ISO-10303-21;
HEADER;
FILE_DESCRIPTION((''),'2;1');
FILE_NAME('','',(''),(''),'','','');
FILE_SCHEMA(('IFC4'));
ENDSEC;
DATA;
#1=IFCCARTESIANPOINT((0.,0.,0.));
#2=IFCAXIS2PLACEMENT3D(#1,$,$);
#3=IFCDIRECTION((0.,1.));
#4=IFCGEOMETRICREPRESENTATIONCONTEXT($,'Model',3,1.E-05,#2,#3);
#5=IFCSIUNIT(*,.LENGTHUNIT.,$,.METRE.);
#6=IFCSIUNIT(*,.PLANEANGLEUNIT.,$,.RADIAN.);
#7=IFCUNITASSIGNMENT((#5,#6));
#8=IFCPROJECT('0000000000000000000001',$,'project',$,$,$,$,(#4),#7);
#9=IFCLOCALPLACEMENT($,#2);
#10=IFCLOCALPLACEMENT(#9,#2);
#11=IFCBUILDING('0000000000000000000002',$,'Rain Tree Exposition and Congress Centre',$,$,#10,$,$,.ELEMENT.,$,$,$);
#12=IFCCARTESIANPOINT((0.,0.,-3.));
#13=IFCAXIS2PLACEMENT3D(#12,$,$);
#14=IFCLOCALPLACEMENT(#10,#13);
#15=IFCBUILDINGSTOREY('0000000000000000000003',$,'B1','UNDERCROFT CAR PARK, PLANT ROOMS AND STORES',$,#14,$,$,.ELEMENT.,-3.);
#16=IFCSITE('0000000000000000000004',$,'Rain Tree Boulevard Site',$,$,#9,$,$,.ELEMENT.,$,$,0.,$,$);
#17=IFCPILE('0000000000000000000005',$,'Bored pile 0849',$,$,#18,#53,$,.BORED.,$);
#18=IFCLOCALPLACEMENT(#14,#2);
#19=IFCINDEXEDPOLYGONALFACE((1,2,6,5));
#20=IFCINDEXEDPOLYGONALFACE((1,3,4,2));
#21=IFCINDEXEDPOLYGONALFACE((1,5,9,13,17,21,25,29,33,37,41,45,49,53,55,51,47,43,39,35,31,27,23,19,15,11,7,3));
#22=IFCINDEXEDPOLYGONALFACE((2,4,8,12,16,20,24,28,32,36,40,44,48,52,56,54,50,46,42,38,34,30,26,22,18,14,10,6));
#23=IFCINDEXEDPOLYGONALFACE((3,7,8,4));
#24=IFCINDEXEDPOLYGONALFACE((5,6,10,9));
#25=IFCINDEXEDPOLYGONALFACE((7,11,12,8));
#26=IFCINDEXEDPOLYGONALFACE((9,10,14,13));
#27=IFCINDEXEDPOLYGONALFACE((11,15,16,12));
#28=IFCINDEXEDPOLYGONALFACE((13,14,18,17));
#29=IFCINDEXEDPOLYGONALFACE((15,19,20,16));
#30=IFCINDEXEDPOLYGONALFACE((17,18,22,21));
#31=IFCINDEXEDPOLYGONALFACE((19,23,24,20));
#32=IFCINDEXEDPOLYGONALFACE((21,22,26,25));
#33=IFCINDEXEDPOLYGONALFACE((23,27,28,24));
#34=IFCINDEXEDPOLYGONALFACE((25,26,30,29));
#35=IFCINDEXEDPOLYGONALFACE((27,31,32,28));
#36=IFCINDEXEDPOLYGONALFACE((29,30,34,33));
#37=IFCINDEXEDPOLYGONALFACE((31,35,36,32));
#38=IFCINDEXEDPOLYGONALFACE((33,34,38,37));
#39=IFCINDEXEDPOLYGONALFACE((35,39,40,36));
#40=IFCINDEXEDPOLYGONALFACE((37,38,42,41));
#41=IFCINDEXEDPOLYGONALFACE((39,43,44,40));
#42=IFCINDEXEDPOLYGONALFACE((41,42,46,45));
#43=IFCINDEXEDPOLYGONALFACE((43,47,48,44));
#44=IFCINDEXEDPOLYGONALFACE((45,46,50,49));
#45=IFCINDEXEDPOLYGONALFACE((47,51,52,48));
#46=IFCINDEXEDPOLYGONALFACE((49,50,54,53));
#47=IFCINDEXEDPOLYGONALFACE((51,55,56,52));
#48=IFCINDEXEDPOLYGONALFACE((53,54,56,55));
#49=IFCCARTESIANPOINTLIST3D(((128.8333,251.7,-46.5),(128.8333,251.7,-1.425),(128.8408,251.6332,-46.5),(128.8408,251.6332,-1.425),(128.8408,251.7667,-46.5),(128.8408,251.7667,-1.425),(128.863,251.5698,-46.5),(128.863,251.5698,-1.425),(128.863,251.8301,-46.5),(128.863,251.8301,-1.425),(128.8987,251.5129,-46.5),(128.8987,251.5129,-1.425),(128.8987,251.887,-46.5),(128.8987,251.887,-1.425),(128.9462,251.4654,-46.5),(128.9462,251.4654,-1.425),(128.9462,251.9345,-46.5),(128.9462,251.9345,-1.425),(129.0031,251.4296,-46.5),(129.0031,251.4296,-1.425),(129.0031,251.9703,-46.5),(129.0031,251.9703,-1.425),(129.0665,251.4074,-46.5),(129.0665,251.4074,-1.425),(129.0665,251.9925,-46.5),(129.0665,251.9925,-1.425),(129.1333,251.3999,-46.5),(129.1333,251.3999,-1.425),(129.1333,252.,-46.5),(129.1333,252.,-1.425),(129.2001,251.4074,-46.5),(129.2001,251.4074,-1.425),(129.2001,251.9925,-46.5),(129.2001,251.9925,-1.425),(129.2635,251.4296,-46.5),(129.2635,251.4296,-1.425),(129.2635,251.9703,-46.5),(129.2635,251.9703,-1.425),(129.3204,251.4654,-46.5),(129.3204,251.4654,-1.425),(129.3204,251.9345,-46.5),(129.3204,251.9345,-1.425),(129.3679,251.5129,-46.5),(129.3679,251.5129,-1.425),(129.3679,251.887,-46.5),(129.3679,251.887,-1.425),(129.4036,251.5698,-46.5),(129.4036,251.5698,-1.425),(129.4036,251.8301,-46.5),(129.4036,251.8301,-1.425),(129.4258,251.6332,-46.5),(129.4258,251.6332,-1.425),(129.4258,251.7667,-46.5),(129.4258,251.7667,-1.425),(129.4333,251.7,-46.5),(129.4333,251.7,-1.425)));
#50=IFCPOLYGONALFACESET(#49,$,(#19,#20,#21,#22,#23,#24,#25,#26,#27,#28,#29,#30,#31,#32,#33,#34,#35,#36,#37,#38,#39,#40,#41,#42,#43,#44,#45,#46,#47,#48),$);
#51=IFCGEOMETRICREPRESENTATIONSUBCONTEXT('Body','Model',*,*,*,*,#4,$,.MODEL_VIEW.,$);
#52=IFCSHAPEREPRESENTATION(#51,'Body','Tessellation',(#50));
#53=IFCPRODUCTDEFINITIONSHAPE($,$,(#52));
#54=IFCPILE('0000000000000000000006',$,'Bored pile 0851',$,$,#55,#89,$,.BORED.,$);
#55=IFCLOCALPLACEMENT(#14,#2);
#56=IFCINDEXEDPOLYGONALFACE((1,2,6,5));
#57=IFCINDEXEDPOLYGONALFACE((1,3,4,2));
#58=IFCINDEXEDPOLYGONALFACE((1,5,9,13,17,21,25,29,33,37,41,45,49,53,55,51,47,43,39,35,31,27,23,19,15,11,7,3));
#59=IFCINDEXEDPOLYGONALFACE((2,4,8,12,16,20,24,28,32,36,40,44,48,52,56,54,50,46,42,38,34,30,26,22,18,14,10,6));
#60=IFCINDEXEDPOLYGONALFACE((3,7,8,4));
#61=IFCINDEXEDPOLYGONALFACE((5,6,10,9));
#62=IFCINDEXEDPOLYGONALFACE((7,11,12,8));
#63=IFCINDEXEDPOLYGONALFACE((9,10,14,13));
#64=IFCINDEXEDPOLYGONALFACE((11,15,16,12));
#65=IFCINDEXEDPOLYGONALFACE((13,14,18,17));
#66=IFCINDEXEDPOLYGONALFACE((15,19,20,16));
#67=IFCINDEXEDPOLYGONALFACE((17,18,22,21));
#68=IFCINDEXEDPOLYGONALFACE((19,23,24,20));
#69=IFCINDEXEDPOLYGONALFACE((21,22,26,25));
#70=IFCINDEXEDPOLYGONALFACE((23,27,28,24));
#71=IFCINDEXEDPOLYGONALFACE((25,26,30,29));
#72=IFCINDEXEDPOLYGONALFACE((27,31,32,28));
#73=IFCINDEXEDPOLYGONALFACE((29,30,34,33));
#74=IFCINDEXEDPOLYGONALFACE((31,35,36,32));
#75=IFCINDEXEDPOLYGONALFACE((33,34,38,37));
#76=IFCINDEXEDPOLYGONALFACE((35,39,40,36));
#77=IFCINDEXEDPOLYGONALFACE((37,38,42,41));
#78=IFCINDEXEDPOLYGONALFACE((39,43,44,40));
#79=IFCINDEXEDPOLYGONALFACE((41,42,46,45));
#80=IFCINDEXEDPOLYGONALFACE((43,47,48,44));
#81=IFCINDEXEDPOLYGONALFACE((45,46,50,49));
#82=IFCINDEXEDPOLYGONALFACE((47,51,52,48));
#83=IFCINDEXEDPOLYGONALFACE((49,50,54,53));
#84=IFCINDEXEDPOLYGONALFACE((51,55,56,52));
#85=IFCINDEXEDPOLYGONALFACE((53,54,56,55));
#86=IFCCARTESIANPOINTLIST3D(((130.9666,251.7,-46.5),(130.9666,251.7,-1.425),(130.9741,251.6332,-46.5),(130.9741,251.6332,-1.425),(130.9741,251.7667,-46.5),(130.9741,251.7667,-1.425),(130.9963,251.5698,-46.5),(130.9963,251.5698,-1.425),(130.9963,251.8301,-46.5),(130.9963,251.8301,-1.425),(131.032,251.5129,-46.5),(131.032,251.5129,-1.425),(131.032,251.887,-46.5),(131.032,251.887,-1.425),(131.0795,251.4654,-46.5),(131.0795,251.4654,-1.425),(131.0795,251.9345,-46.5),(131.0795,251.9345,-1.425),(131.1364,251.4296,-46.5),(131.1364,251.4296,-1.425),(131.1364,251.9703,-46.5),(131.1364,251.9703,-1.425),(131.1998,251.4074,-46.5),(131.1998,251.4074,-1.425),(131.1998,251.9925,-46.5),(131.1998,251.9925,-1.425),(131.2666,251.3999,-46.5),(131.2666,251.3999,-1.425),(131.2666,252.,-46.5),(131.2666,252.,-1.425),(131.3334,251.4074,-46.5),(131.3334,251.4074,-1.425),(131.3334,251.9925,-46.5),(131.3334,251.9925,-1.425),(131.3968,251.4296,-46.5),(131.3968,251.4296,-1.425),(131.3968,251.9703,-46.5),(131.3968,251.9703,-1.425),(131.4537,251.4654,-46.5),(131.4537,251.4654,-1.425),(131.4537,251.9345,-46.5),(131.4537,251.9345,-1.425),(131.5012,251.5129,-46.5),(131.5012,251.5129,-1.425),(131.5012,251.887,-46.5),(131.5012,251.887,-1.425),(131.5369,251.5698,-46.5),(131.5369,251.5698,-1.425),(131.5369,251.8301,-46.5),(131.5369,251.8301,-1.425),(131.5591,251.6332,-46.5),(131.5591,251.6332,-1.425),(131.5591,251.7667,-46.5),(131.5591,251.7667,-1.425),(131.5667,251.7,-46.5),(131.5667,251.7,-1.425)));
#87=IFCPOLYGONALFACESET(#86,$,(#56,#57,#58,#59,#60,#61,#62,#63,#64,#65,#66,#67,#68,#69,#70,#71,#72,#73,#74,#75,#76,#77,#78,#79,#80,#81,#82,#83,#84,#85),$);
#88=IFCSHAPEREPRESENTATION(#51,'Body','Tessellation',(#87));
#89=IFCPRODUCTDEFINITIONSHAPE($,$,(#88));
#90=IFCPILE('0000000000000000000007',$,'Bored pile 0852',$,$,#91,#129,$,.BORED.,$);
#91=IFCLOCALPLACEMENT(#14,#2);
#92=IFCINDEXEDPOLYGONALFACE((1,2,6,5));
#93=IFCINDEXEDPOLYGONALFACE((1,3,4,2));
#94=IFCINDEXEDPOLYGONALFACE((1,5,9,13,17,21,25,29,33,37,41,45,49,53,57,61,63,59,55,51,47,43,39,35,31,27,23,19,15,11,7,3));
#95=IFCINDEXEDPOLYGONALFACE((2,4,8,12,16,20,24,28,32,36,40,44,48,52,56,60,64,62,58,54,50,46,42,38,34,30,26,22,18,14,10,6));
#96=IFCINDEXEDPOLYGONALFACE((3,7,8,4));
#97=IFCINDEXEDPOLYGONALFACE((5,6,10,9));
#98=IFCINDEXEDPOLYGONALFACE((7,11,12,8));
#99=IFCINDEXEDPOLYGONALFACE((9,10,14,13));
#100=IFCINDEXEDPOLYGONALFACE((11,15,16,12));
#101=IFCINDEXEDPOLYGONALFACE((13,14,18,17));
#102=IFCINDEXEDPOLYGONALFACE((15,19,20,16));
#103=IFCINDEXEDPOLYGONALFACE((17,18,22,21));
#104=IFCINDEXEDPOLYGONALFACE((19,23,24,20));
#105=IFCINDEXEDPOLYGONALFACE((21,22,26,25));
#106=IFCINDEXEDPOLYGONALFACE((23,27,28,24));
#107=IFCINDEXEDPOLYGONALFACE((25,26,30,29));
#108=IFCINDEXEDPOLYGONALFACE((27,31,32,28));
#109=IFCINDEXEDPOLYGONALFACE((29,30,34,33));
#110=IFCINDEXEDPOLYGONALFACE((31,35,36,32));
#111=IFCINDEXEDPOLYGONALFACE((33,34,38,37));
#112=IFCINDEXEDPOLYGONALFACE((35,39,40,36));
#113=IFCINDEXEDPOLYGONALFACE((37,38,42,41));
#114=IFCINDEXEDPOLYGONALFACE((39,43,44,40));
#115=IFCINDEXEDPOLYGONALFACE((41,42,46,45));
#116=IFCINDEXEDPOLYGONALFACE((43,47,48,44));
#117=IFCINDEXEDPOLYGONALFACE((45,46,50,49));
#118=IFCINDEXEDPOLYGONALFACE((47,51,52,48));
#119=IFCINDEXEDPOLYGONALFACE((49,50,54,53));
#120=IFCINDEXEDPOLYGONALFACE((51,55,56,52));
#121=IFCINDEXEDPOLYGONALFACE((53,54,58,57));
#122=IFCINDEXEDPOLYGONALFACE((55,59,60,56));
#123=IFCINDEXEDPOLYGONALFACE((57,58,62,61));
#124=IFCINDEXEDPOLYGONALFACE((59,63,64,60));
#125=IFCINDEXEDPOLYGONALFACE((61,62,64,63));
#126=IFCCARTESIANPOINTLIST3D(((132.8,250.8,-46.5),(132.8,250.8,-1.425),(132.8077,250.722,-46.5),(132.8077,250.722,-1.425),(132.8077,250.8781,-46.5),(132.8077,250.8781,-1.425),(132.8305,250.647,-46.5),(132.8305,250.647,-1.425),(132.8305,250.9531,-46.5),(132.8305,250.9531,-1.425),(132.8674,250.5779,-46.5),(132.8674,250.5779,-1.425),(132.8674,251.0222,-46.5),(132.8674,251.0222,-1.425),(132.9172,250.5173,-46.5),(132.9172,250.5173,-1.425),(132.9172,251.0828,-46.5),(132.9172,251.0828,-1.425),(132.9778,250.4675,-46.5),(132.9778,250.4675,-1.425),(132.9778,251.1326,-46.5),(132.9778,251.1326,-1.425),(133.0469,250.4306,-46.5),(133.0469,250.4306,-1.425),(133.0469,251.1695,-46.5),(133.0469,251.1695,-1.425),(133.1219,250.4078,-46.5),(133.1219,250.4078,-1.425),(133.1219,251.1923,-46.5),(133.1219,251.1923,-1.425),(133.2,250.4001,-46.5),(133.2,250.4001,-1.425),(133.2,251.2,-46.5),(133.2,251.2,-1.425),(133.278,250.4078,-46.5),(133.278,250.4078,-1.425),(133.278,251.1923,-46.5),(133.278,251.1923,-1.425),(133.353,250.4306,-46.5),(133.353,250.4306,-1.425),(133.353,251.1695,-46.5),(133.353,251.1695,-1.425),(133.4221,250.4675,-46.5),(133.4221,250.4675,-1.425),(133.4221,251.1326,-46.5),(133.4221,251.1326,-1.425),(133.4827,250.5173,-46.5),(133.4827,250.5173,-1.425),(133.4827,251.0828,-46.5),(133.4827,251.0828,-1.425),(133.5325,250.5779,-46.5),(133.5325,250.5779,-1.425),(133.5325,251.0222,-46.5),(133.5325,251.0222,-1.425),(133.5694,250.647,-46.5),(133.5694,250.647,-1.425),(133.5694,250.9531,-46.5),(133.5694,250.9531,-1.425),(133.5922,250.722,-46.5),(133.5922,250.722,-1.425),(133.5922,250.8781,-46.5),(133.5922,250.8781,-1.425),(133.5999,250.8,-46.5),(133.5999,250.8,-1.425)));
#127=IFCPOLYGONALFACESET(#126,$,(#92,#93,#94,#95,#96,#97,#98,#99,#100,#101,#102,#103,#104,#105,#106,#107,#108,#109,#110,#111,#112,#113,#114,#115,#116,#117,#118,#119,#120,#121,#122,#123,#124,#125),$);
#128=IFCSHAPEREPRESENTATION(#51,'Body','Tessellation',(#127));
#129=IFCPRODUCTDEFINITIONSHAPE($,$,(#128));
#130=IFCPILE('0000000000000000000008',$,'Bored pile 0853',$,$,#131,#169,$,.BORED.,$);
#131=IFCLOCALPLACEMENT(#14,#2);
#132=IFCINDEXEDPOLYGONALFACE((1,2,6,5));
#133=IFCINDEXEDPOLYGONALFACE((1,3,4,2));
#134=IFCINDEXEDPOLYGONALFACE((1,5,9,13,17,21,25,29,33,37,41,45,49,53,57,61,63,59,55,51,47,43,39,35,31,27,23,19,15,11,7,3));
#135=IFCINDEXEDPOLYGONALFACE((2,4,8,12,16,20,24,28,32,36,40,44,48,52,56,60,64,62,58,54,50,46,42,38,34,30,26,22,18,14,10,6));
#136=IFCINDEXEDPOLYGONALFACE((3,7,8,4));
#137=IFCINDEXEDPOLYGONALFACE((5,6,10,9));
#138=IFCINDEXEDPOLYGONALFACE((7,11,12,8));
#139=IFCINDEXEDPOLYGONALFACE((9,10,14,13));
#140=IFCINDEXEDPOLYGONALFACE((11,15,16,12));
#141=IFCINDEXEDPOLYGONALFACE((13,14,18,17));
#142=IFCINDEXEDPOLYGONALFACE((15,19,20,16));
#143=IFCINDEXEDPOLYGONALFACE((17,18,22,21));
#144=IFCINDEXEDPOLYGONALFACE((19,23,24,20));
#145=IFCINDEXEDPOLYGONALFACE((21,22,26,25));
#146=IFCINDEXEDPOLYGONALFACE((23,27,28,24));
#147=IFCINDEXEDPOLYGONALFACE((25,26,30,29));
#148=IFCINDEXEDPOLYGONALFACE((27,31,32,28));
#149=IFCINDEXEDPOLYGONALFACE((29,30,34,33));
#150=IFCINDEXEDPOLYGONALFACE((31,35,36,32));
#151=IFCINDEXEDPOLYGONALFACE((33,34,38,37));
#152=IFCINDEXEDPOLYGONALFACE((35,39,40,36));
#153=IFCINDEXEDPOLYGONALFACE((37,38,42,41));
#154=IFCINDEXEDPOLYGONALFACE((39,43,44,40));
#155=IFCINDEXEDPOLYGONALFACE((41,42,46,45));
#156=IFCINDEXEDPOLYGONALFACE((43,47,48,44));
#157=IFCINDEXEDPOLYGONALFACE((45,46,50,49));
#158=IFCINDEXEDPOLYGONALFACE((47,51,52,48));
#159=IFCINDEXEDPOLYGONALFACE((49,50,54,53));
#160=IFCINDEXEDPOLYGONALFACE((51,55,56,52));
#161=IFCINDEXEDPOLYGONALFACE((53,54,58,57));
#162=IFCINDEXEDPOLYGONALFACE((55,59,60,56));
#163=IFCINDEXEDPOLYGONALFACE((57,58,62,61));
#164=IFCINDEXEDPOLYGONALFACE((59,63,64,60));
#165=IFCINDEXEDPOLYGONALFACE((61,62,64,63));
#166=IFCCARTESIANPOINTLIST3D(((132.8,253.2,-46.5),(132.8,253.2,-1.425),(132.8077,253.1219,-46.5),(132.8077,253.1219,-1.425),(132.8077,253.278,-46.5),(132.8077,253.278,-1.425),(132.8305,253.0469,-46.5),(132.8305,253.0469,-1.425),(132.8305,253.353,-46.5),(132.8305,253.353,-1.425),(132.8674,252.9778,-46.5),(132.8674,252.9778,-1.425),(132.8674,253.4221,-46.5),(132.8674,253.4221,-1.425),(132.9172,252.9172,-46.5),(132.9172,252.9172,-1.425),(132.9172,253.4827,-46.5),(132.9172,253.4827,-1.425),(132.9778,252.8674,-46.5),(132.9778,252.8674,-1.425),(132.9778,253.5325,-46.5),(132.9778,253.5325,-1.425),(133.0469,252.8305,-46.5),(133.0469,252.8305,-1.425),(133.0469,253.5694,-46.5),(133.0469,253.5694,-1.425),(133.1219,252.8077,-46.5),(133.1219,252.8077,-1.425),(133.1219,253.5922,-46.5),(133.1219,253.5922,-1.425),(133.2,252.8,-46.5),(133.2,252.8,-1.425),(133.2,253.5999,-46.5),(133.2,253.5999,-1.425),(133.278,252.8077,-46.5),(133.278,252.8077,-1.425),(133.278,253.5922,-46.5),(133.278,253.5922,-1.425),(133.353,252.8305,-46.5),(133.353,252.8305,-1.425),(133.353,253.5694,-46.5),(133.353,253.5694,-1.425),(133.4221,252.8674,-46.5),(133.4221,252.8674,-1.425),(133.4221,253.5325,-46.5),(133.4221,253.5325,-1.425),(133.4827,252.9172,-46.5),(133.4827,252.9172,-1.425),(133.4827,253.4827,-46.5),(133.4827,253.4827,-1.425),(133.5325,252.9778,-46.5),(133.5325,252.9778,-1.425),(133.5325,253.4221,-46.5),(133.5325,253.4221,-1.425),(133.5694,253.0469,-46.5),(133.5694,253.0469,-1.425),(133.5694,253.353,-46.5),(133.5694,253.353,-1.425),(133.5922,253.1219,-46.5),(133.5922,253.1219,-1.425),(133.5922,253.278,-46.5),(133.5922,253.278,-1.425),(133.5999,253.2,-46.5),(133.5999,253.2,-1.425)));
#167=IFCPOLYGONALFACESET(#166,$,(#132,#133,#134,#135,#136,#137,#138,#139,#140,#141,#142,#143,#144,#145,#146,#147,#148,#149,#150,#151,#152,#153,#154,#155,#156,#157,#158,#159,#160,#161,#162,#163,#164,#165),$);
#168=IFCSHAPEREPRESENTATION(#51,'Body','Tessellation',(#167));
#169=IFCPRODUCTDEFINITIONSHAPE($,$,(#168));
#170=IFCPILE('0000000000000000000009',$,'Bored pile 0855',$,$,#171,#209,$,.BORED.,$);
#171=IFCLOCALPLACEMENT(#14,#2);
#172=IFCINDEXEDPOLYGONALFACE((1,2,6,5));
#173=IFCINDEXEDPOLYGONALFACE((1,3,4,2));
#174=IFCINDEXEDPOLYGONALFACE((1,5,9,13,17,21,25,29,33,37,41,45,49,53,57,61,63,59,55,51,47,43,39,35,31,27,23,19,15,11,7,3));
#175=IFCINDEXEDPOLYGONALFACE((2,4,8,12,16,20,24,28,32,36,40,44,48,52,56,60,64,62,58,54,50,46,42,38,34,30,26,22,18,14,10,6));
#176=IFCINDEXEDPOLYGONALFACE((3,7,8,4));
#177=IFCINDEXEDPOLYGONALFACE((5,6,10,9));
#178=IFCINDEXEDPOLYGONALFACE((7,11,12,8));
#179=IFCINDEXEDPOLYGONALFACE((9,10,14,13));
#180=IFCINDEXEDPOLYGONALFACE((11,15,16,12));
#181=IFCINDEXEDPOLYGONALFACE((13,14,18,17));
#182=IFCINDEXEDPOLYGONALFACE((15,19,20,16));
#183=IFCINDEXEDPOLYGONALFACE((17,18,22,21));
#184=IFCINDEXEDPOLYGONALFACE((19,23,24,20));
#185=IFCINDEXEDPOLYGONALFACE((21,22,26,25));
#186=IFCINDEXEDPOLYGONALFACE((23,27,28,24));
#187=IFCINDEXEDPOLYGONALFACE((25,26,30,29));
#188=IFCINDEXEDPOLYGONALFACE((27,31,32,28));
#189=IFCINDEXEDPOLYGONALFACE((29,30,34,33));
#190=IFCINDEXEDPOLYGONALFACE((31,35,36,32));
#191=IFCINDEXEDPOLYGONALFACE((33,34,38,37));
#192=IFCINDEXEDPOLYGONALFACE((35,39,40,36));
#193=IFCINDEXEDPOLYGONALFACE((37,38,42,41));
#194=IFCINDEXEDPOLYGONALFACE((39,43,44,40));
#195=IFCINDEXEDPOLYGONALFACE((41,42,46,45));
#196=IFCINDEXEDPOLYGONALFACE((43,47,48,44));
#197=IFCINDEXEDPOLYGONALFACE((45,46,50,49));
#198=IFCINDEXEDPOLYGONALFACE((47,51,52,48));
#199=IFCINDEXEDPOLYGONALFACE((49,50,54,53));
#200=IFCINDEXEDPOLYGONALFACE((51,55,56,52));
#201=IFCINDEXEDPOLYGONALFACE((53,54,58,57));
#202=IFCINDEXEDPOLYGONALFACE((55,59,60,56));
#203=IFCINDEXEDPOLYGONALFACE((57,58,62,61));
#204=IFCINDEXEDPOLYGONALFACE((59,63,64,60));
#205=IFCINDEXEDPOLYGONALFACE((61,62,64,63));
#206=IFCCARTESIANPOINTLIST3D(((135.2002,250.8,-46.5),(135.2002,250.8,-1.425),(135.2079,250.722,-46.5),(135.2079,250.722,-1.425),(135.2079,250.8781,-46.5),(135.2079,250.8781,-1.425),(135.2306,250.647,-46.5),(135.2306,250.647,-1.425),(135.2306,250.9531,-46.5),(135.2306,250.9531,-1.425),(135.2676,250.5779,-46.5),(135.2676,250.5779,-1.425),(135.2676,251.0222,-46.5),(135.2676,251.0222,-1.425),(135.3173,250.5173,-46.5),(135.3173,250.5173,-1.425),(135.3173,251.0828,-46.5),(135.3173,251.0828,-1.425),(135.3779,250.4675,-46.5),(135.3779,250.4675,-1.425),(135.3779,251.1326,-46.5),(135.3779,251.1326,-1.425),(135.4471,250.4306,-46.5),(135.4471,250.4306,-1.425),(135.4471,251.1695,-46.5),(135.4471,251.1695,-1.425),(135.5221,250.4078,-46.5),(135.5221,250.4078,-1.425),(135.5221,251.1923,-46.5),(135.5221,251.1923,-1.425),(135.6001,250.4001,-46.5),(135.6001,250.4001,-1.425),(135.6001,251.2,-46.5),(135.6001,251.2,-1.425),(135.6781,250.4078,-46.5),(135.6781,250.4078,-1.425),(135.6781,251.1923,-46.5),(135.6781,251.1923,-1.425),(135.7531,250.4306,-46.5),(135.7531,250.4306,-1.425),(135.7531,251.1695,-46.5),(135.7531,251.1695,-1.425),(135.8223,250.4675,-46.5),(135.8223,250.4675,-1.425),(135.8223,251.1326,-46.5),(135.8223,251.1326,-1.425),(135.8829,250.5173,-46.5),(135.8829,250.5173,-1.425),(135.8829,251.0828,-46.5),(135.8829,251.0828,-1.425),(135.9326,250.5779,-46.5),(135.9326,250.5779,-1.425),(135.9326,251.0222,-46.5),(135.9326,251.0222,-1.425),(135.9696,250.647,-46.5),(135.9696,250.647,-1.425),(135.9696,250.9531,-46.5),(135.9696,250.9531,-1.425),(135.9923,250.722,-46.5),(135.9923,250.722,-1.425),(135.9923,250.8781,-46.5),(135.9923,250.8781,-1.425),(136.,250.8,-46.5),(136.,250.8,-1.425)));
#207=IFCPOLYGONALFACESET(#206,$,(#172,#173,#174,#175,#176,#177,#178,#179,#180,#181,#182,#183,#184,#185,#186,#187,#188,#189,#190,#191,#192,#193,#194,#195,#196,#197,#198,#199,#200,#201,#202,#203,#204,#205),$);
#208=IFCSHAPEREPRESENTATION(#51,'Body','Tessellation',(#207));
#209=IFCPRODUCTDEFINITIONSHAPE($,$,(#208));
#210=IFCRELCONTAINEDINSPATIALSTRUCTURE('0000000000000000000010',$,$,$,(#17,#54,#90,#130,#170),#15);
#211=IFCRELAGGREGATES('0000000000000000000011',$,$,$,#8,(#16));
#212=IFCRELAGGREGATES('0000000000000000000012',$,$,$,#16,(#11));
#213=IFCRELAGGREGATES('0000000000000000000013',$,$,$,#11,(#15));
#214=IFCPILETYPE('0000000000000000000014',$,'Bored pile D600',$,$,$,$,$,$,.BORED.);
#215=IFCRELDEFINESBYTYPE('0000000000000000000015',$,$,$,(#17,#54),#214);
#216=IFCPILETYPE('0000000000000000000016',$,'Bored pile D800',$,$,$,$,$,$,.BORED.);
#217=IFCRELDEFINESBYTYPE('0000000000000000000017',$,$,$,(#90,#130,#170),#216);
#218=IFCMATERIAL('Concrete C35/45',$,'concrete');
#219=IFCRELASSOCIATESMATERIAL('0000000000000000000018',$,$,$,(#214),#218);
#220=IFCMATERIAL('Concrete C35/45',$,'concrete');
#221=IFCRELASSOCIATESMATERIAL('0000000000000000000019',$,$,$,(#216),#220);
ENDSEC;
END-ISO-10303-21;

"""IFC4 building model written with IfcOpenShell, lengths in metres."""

from ifc_helpers import new_model, si_unit, direction, frame, origin, origin_2d, place, context, subcontext, project, spatial, circle, extrude, material, material_profile, profile_set, type_object, element, save


model = new_model("IFC4")

# Units and contexts
model_context = context("Model", 3, precision=1e-05, world=origin(), true_north=direction((0.0, 1.0)))
body_context = subcontext(model_context, "Body", "Model", "MODEL_VIEW")
ifc_project = project(units=[si_unit("LENGTHUNIT", "METRE"), si_unit("PLANEANGLEUNIT", "RADIAN")], contexts=[model_context])

# Site, building, storey
site_placement = place(None, origin())
site = spatial("IfcSite", under=ifc_project, at=site_placement, Name="Rain Tree Boulevard Site", CompositionType="ELEMENT", RefElevation=0.0)
building_placement = place(site_placement, origin())
building = spatial("IfcBuilding", under=site, at=building_placement, Name="Rain Tree Exposition and Congress Centre", CompositionType="ELEMENT")
storey_placement = place(building_placement, frame((0.0, 0.0, -3.0)))
storey = spatial("IfcBuildingStorey", under=building, at=storey_placement, Name="B1", Description="UNDERCROFT CAR PARK, PLANT ROOMS AND STORES", CompositionType="ELEMENT", Elevation=-3.0)

# Piles
ifc_material_1 = material(Name="Concrete C35/45", Category="concrete")
ifc_material_profile_1 = material_profile(ifc_material_1, circle(Radius=0.3, at=origin_2d()), Name="D600")
ifc_profile_set_1 = profile_set([ifc_material_profile_1], Name="Concrete C35/45")
pile_type_1 = type_object("IfcPileType", Name="Bored pile D600", PredefinedType="BORED", material=ifc_profile_set_1)
for number, where, z_axis, x_axis, name in (
    (1, (129.1333, 251.7, -1.425), (0.0, 0.0, -1.0), (1.0, 0.0, 0.0), "Bored pile 0849"),
    (2, (131.2666, 251.7, -1.425), (0.0, 0.0, -1.0), (1.0, 0.0, 0.0), "Bored pile 0851"),
):
    element("IfcPile", number, at=place(storey_placement, frame(where, z_axis=z_axis, x_axis=x_axis)), inside=storey, type_object=pile_type_1, Name=name, PredefinedType="BORED", context=body_context, shape_type="SweptSolid", body=[
        extrude(circle(Radius=0.3, at=origin_2d()), origin(), (0.0, 0.0, 1.0), 45.075),
    ])
ifc_material_2 = material(Name="Concrete C35/45", Category="concrete")
ifc_material_profile_2 = material_profile(ifc_material_2, circle(Radius=0.3999, at=origin_2d()), Name="D800")
ifc_profile_set_2 = profile_set([ifc_material_profile_2], Name="Concrete C35/45")
pile_type_2 = type_object("IfcPileType", Name="Bored pile D800", PredefinedType="BORED", material=ifc_profile_set_2)
for number, where, z_axis, x_axis, name in (
    (3, (133.2, 250.8, -1.425), (0.0, 0.0, -1.0), (1.0, 0.0, 0.0), "Bored pile 0852"),
    (4, (133.2, 253.2, -1.425), (0.0, 0.0, -1.0), (1.0, 0.0, 0.0), "Bored pile 0853"),
    (5, (135.6001, 250.8, -1.425), (0.0, 0.0, -1.0), (1.0, 0.0, 0.0), "Bored pile 0855"),
):
    element("IfcPile", number, at=place(storey_placement, frame(where, z_axis=z_axis, x_axis=x_axis)), inside=storey, type_object=pile_type_2, Name=name, PredefinedType="BORED", context=body_context, shape_type="SweptSolid", body=[
        extrude(circle(Radius=0.3999, at=origin_2d()), origin(), (0.0, 0.0, 1.0), 45.075),
    ])

save(model, "model.ifc")
